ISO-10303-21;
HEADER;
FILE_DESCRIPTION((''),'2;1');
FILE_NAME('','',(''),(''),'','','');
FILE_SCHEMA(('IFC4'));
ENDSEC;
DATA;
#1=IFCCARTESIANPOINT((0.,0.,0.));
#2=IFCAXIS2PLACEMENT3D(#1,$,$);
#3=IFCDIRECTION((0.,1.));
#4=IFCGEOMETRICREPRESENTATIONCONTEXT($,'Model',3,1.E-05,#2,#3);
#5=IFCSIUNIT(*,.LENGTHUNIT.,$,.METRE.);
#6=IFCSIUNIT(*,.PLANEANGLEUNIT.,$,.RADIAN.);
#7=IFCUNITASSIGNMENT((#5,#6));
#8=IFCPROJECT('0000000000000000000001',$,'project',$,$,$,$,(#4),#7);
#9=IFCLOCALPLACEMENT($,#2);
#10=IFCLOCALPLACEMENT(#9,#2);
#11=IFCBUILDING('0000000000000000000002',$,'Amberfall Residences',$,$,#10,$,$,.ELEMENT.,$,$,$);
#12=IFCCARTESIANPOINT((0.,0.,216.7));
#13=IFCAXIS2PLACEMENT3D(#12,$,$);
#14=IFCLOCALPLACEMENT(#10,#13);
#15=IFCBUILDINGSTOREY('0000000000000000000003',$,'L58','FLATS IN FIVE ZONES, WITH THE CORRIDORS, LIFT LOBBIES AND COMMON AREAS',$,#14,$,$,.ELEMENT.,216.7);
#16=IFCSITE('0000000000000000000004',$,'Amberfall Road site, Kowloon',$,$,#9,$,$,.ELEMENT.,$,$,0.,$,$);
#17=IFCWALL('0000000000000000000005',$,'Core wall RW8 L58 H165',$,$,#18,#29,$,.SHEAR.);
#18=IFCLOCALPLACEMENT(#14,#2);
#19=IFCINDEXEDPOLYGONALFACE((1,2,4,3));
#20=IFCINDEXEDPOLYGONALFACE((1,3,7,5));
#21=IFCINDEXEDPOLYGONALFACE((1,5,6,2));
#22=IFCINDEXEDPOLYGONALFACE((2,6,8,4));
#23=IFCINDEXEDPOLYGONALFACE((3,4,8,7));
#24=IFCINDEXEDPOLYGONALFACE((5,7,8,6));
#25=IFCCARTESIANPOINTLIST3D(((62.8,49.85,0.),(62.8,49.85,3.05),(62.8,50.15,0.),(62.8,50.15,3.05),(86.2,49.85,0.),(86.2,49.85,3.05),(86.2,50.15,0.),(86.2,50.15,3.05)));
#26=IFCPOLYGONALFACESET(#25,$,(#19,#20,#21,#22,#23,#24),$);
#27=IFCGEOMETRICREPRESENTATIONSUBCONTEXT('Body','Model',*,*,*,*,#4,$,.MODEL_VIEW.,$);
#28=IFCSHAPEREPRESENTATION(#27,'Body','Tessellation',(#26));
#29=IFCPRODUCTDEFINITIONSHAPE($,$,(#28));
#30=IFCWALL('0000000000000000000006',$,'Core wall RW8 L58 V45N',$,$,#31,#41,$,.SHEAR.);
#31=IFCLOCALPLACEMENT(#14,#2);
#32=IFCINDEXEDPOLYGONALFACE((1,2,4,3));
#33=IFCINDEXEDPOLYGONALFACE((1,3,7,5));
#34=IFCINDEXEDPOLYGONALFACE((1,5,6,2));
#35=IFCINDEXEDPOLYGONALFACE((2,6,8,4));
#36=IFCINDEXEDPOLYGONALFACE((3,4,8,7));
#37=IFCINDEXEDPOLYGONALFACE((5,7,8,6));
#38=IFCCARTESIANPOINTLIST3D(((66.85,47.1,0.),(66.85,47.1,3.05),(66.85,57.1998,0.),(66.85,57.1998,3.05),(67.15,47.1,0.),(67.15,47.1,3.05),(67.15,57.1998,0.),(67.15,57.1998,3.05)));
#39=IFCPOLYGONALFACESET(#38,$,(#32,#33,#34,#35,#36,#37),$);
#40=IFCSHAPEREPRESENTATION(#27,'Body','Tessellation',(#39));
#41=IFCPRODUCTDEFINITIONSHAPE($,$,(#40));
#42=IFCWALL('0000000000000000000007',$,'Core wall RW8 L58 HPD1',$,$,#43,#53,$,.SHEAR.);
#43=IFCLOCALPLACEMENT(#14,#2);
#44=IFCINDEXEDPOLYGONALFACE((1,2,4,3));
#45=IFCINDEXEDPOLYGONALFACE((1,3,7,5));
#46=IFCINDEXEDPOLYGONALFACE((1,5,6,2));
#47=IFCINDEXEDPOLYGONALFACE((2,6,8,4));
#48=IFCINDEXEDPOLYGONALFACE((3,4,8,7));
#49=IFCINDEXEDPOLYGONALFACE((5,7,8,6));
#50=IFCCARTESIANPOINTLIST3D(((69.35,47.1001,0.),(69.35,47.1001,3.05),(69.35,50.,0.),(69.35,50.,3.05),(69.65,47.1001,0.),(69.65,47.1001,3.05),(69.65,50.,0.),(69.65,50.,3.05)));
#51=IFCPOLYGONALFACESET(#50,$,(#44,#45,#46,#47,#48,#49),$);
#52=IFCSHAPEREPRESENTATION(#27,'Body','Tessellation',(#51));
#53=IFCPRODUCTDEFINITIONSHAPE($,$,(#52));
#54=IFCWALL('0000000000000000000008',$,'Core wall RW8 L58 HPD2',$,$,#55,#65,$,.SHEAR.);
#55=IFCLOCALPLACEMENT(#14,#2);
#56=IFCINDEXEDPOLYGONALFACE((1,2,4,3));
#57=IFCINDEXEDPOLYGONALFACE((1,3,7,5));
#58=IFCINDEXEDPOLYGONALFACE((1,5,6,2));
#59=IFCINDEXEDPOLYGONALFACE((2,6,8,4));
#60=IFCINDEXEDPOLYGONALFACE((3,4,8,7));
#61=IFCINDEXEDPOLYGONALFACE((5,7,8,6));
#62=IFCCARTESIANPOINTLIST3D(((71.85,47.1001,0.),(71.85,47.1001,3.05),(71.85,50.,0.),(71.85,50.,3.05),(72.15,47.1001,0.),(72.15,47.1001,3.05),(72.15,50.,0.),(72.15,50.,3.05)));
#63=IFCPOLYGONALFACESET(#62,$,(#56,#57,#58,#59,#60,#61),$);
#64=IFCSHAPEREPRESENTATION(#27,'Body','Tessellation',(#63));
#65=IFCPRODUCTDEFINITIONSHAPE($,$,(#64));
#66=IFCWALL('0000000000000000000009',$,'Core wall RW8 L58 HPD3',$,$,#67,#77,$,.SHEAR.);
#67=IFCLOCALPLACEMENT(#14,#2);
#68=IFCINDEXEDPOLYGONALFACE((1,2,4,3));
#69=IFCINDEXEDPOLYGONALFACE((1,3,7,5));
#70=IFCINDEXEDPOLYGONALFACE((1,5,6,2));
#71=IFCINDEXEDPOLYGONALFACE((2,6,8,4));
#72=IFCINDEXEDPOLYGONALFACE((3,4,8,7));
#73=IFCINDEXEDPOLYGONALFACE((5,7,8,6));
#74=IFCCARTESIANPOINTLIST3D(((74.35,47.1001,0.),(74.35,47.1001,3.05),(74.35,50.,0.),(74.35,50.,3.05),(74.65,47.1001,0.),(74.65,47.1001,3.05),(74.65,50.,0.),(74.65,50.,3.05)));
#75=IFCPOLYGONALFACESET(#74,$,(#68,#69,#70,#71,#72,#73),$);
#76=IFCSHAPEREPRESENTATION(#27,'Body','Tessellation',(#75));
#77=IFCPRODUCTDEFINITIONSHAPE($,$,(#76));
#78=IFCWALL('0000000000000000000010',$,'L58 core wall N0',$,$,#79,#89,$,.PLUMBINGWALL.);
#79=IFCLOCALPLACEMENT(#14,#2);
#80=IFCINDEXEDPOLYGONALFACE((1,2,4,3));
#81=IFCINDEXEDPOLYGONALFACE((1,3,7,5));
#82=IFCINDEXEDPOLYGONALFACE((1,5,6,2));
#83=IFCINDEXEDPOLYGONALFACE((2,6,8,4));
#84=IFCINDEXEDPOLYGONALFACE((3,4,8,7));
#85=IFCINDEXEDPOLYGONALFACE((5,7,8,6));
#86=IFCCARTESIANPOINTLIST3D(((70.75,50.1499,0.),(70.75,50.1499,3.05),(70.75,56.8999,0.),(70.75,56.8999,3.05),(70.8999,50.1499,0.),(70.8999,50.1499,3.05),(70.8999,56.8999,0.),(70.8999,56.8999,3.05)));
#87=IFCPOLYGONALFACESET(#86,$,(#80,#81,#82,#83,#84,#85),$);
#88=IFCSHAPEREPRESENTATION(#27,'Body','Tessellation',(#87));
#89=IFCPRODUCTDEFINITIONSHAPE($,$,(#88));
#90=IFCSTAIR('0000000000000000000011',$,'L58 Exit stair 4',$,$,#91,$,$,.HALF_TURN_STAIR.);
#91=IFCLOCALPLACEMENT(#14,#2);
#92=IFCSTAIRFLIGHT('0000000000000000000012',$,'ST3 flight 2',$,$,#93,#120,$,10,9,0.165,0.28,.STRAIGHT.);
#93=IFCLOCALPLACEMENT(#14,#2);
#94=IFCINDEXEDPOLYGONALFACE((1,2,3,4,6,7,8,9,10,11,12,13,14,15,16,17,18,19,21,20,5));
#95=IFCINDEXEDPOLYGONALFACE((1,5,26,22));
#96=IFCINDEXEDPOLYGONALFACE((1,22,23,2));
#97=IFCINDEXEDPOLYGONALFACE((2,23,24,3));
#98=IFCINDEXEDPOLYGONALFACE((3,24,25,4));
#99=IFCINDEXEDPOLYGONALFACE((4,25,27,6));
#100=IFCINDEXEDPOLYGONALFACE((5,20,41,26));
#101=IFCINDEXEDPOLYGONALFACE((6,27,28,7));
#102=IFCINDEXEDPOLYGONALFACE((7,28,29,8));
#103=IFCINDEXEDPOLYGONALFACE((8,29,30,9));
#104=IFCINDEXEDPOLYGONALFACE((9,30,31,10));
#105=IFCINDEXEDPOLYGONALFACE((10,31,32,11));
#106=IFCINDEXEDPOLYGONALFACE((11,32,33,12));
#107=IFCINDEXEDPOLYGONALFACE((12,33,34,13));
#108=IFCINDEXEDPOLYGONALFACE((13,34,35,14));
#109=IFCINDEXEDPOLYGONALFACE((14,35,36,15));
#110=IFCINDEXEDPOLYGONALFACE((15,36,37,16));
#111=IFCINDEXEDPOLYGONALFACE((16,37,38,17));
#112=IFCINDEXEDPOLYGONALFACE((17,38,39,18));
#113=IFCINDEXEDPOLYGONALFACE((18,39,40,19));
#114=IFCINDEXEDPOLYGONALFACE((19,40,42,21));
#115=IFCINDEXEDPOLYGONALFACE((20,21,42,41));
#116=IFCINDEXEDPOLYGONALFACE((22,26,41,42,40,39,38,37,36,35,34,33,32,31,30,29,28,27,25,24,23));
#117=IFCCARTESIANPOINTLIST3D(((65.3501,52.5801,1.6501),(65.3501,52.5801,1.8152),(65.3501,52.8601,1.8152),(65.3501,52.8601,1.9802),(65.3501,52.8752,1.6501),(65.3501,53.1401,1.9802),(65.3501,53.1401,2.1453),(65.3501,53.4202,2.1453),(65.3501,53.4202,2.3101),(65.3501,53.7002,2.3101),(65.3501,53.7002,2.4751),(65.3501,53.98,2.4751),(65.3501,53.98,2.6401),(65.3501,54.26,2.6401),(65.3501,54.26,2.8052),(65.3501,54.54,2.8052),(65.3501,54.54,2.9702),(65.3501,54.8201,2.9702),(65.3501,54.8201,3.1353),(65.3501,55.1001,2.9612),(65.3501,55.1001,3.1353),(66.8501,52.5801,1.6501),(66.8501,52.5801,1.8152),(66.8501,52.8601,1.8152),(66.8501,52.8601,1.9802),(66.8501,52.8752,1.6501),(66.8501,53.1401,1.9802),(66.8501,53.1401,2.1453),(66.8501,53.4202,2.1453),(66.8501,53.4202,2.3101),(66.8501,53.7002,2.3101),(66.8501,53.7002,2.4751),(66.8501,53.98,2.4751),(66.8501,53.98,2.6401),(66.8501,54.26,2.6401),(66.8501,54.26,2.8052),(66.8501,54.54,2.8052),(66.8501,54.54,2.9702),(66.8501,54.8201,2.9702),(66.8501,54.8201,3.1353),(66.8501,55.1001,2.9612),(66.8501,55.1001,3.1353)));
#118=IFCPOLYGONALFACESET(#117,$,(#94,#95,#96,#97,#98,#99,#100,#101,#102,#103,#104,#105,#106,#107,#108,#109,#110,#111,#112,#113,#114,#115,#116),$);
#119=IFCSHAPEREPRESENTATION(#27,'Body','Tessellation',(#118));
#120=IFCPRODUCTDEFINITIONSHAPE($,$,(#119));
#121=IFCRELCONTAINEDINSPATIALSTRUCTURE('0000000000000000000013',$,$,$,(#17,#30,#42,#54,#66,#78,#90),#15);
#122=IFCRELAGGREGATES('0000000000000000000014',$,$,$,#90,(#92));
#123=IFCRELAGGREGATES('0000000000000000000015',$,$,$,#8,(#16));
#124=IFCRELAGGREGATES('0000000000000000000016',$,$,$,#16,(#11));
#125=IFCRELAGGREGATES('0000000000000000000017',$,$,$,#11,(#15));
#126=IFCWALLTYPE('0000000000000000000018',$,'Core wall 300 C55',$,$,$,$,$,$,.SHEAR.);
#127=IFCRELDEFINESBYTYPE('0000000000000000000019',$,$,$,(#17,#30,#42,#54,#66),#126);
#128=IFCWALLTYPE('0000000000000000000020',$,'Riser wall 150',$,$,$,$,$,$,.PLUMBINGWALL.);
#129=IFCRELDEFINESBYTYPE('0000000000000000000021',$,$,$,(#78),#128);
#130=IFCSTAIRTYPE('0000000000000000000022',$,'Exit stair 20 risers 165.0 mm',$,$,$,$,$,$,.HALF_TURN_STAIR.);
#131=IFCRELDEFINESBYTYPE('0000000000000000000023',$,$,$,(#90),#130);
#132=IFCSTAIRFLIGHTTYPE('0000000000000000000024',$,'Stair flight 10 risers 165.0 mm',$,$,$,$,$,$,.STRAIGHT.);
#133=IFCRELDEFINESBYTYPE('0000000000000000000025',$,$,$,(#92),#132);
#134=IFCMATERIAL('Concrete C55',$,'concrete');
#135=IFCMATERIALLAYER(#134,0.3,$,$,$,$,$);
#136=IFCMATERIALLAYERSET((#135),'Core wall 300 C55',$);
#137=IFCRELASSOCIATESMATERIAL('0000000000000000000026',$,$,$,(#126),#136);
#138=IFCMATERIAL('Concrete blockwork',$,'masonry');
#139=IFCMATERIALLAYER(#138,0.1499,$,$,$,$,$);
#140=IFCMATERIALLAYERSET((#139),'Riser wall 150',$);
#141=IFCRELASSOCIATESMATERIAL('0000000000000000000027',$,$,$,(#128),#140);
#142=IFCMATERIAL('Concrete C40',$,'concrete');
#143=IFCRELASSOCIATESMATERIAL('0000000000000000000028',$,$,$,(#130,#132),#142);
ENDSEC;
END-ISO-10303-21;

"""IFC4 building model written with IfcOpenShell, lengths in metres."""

from ifc_helpers import new_model, si_unit, direction, frame, frame_2d, origin, place, context, subcontext, project, spatial, polyline, rectangle, outline, extrude, material, layer, layer_set, type_object, element, aggregate, save


model = new_model("IFC4")

# Units and contexts
model_context = context("Model", 3, precision=1e-05, world=origin(), true_north=direction((0.0, 1.0)))
body_context = subcontext(model_context, "Body", "Model", "MODEL_VIEW")
ifc_project = project(units=[si_unit("LENGTHUNIT", "METRE"), si_unit("PLANEANGLEUNIT", "RADIAN")], contexts=[model_context])

# Site, building, storey
site_placement = place(None, origin())
site = spatial("IfcSite", under=ifc_project, at=site_placement, Name="Amberfall Road site, Kowloon", CompositionType="ELEMENT", RefElevation=0.0)
building_placement = place(site_placement, origin())
building = spatial("IfcBuilding", under=site, at=building_placement, Name="Amberfall Residences", CompositionType="ELEMENT")
storey_placement = place(building_placement, frame((0.0, 0.0, 216.7)))
storey = spatial("IfcBuildingStorey", under=building, at=storey_placement, Name="L58", Description="FLATS IN FIVE ZONES, WITH THE CORRIDORS, LIFT LOBBIES AND COMMON AREAS", CompositionType="ELEMENT", Elevation=216.7)

# Shared definitions
ifc_material_1 = material(Name="Concrete C55", Category="concrete")
ifc_layer_1 = layer(ifc_material_1, 0.3)
ifc_layer_set_1 = layer_set([ifc_layer_1], Name="Core wall 300 C55")
wall_type_1 = type_object("IfcWallType", Name="Core wall 300 C55", PredefinedType="SHEAR", material=ifc_layer_set_1)

# Walls
wall_1_placement = place(storey_placement, frame((62.8, 50.0, 0.0), z_axis=(0.0, 0.0, 1.0), x_axis=(1.0, 0.0, 0.0)))
element("IfcWall", 1, at=wall_1_placement, inside=storey, type_object=wall_type_1, Name="Core wall RW8 L58 H165", PredefinedType="SHEAR", context=body_context, shape_type="SweptSolid", body=[
    extrude(rectangle(XDim=23.3999, YDim=0.3, at=frame_2d((11.7, 0.0))), origin(), (0.0, 0.0, 1.0), 3.05),
])
wall_2_placement = place(storey_placement, frame((67.0, 47.1001, 0.0), z_axis=(0.0, 0.0, 1.0), x_axis=(0.0, 1.0, 0.0)))
element("IfcWall", 2, at=wall_2_placement, inside=storey, type_object=wall_type_1, Name="Core wall RW8 L58 V45N", PredefinedType="SHEAR", context=body_context, shape_type="SweptSolid", body=[
    extrude(rectangle(XDim=10.0999, YDim=0.3, at=frame_2d((5.0498, 0.0))), origin(), (0.0, 0.0, 1.0), 3.05),
])
for number, where, z_axis, x_axis, name in (
    (3, (69.5, 47.1001, 0.0), (0.0, 0.0, 1.0), (0.0, 1.0, 0.0), "Core wall RW8 L58 HPD1"),
    (4, (72.0, 47.1001, 0.0), (0.0, 0.0, 1.0), (0.0, 1.0, 0.0), "Core wall RW8 L58 HPD2"),
    (5, (74.5, 47.1001, 0.0), (0.0, 0.0, 1.0), (0.0, 1.0, 0.0), "Core wall RW8 L58 HPD3"),
):
    element("IfcWall", number, at=place(storey_placement, frame(where, z_axis=z_axis, x_axis=x_axis)), inside=storey, type_object=wall_type_1, Name=name, PredefinedType="SHEAR", context=body_context, shape_type="SweptSolid", body=[
        extrude(rectangle(XDim=2.8999, YDim=0.3, at=frame_2d((1.45, 0.0))), origin(), (0.0, 0.0, 1.0), 3.05),
    ])
ifc_material_2 = material(Name="Concrete blockwork", Category="masonry")
ifc_layer_2 = layer(ifc_material_2, 0.1499)
ifc_layer_set_2 = layer_set([ifc_layer_2], Name="Riser wall 150")
wall_type_2 = type_object("IfcWallType", Name="Riser wall 150", PredefinedType="PLUMBINGWALL", material=ifc_layer_set_2)
wall_3_placement = place(storey_placement, frame((70.825, 50.1499, 0.0), z_axis=(0.0, 0.0, 1.0), x_axis=(0.0, 1.0, 0.0)))
element("IfcWall", 6, at=wall_3_placement, inside=storey, type_object=wall_type_2, Name="L58 core wall N0", PredefinedType="PLUMBINGWALL", context=body_context, shape_type="SweptSolid", body=[
    extrude(rectangle(XDim=6.75, YDim=0.1499, at=frame_2d((3.375, 0.0))), origin(), (0.0, 0.0, 1.0), 3.05),
])

# Stair, stair flight
ifc_material_3 = material(Name="Concrete C40", Category="concrete")
stair_type = type_object("IfcStairType", Name="Exit stair 20 risers 165.0 mm", PredefinedType="HALF_TURN_STAIR", material=ifc_material_3)
stair_placement = place(storey_placement, origin())
stair = element("IfcStair", 7, at=stair_placement, inside=storey, type_object=stair_type, Name="L58 Exit stair 4", PredefinedType="HALF_TURN_STAIR")
stair_flight_type = type_object("IfcStairFlightType", Name="Stair flight 10 risers 165.0 mm", PredefinedType="STRAIGHT", material=ifc_material_3)
stair_flight_placement = place(storey_placement, frame((66.1001, 52.5801, 1.6501), z_axis=(0.0, 0.0, 1.0), x_axis=(0.0, 1.0, 0.0)))
stair_flight = element("IfcStairFlight", 8, at=stair_flight_placement, type_object=stair_flight_type, Name="ST3 flight 2", NumberOfRisers=10, NumberOfTreads=9, PredefinedType="STRAIGHT", RiserHeight=0.165, TreadLength=0.28, context=body_context, shape_type="SweptSolid", body=[
    extrude(outline(polyline([(0.0, 0.0), (0.0, 0.165), (0.28, 0.165), (0.28, 0.3301), (0.5601, 0.3301), (0.5601, 0.4951), (0.8401, 0.4951), (0.8401, 0.6599), (1.1201, 0.6599), (1.1201, 0.825), (1.3999, 0.825), (1.3999, 0.99), (1.6799, 0.99), (1.6799, 1.155), (1.96, 1.155), (1.96, 1.3201), (2.24, 1.3201), (2.24, 1.4851), (2.52, 1.4851), (2.52, 1.6499), (2.52, 1.311), (0.2952, 0.0), (0.0, 0.0)])), frame((0.0, 0.75, 0.0), z_axis=(0.0, -1.0, 0.0), x_axis=(1.0, 0.0, 0.0)), (0.0, 0.0, 1.0), 1.5),
])
aggregate(stair, [stair_flight])

save(model, "model.ifc")
